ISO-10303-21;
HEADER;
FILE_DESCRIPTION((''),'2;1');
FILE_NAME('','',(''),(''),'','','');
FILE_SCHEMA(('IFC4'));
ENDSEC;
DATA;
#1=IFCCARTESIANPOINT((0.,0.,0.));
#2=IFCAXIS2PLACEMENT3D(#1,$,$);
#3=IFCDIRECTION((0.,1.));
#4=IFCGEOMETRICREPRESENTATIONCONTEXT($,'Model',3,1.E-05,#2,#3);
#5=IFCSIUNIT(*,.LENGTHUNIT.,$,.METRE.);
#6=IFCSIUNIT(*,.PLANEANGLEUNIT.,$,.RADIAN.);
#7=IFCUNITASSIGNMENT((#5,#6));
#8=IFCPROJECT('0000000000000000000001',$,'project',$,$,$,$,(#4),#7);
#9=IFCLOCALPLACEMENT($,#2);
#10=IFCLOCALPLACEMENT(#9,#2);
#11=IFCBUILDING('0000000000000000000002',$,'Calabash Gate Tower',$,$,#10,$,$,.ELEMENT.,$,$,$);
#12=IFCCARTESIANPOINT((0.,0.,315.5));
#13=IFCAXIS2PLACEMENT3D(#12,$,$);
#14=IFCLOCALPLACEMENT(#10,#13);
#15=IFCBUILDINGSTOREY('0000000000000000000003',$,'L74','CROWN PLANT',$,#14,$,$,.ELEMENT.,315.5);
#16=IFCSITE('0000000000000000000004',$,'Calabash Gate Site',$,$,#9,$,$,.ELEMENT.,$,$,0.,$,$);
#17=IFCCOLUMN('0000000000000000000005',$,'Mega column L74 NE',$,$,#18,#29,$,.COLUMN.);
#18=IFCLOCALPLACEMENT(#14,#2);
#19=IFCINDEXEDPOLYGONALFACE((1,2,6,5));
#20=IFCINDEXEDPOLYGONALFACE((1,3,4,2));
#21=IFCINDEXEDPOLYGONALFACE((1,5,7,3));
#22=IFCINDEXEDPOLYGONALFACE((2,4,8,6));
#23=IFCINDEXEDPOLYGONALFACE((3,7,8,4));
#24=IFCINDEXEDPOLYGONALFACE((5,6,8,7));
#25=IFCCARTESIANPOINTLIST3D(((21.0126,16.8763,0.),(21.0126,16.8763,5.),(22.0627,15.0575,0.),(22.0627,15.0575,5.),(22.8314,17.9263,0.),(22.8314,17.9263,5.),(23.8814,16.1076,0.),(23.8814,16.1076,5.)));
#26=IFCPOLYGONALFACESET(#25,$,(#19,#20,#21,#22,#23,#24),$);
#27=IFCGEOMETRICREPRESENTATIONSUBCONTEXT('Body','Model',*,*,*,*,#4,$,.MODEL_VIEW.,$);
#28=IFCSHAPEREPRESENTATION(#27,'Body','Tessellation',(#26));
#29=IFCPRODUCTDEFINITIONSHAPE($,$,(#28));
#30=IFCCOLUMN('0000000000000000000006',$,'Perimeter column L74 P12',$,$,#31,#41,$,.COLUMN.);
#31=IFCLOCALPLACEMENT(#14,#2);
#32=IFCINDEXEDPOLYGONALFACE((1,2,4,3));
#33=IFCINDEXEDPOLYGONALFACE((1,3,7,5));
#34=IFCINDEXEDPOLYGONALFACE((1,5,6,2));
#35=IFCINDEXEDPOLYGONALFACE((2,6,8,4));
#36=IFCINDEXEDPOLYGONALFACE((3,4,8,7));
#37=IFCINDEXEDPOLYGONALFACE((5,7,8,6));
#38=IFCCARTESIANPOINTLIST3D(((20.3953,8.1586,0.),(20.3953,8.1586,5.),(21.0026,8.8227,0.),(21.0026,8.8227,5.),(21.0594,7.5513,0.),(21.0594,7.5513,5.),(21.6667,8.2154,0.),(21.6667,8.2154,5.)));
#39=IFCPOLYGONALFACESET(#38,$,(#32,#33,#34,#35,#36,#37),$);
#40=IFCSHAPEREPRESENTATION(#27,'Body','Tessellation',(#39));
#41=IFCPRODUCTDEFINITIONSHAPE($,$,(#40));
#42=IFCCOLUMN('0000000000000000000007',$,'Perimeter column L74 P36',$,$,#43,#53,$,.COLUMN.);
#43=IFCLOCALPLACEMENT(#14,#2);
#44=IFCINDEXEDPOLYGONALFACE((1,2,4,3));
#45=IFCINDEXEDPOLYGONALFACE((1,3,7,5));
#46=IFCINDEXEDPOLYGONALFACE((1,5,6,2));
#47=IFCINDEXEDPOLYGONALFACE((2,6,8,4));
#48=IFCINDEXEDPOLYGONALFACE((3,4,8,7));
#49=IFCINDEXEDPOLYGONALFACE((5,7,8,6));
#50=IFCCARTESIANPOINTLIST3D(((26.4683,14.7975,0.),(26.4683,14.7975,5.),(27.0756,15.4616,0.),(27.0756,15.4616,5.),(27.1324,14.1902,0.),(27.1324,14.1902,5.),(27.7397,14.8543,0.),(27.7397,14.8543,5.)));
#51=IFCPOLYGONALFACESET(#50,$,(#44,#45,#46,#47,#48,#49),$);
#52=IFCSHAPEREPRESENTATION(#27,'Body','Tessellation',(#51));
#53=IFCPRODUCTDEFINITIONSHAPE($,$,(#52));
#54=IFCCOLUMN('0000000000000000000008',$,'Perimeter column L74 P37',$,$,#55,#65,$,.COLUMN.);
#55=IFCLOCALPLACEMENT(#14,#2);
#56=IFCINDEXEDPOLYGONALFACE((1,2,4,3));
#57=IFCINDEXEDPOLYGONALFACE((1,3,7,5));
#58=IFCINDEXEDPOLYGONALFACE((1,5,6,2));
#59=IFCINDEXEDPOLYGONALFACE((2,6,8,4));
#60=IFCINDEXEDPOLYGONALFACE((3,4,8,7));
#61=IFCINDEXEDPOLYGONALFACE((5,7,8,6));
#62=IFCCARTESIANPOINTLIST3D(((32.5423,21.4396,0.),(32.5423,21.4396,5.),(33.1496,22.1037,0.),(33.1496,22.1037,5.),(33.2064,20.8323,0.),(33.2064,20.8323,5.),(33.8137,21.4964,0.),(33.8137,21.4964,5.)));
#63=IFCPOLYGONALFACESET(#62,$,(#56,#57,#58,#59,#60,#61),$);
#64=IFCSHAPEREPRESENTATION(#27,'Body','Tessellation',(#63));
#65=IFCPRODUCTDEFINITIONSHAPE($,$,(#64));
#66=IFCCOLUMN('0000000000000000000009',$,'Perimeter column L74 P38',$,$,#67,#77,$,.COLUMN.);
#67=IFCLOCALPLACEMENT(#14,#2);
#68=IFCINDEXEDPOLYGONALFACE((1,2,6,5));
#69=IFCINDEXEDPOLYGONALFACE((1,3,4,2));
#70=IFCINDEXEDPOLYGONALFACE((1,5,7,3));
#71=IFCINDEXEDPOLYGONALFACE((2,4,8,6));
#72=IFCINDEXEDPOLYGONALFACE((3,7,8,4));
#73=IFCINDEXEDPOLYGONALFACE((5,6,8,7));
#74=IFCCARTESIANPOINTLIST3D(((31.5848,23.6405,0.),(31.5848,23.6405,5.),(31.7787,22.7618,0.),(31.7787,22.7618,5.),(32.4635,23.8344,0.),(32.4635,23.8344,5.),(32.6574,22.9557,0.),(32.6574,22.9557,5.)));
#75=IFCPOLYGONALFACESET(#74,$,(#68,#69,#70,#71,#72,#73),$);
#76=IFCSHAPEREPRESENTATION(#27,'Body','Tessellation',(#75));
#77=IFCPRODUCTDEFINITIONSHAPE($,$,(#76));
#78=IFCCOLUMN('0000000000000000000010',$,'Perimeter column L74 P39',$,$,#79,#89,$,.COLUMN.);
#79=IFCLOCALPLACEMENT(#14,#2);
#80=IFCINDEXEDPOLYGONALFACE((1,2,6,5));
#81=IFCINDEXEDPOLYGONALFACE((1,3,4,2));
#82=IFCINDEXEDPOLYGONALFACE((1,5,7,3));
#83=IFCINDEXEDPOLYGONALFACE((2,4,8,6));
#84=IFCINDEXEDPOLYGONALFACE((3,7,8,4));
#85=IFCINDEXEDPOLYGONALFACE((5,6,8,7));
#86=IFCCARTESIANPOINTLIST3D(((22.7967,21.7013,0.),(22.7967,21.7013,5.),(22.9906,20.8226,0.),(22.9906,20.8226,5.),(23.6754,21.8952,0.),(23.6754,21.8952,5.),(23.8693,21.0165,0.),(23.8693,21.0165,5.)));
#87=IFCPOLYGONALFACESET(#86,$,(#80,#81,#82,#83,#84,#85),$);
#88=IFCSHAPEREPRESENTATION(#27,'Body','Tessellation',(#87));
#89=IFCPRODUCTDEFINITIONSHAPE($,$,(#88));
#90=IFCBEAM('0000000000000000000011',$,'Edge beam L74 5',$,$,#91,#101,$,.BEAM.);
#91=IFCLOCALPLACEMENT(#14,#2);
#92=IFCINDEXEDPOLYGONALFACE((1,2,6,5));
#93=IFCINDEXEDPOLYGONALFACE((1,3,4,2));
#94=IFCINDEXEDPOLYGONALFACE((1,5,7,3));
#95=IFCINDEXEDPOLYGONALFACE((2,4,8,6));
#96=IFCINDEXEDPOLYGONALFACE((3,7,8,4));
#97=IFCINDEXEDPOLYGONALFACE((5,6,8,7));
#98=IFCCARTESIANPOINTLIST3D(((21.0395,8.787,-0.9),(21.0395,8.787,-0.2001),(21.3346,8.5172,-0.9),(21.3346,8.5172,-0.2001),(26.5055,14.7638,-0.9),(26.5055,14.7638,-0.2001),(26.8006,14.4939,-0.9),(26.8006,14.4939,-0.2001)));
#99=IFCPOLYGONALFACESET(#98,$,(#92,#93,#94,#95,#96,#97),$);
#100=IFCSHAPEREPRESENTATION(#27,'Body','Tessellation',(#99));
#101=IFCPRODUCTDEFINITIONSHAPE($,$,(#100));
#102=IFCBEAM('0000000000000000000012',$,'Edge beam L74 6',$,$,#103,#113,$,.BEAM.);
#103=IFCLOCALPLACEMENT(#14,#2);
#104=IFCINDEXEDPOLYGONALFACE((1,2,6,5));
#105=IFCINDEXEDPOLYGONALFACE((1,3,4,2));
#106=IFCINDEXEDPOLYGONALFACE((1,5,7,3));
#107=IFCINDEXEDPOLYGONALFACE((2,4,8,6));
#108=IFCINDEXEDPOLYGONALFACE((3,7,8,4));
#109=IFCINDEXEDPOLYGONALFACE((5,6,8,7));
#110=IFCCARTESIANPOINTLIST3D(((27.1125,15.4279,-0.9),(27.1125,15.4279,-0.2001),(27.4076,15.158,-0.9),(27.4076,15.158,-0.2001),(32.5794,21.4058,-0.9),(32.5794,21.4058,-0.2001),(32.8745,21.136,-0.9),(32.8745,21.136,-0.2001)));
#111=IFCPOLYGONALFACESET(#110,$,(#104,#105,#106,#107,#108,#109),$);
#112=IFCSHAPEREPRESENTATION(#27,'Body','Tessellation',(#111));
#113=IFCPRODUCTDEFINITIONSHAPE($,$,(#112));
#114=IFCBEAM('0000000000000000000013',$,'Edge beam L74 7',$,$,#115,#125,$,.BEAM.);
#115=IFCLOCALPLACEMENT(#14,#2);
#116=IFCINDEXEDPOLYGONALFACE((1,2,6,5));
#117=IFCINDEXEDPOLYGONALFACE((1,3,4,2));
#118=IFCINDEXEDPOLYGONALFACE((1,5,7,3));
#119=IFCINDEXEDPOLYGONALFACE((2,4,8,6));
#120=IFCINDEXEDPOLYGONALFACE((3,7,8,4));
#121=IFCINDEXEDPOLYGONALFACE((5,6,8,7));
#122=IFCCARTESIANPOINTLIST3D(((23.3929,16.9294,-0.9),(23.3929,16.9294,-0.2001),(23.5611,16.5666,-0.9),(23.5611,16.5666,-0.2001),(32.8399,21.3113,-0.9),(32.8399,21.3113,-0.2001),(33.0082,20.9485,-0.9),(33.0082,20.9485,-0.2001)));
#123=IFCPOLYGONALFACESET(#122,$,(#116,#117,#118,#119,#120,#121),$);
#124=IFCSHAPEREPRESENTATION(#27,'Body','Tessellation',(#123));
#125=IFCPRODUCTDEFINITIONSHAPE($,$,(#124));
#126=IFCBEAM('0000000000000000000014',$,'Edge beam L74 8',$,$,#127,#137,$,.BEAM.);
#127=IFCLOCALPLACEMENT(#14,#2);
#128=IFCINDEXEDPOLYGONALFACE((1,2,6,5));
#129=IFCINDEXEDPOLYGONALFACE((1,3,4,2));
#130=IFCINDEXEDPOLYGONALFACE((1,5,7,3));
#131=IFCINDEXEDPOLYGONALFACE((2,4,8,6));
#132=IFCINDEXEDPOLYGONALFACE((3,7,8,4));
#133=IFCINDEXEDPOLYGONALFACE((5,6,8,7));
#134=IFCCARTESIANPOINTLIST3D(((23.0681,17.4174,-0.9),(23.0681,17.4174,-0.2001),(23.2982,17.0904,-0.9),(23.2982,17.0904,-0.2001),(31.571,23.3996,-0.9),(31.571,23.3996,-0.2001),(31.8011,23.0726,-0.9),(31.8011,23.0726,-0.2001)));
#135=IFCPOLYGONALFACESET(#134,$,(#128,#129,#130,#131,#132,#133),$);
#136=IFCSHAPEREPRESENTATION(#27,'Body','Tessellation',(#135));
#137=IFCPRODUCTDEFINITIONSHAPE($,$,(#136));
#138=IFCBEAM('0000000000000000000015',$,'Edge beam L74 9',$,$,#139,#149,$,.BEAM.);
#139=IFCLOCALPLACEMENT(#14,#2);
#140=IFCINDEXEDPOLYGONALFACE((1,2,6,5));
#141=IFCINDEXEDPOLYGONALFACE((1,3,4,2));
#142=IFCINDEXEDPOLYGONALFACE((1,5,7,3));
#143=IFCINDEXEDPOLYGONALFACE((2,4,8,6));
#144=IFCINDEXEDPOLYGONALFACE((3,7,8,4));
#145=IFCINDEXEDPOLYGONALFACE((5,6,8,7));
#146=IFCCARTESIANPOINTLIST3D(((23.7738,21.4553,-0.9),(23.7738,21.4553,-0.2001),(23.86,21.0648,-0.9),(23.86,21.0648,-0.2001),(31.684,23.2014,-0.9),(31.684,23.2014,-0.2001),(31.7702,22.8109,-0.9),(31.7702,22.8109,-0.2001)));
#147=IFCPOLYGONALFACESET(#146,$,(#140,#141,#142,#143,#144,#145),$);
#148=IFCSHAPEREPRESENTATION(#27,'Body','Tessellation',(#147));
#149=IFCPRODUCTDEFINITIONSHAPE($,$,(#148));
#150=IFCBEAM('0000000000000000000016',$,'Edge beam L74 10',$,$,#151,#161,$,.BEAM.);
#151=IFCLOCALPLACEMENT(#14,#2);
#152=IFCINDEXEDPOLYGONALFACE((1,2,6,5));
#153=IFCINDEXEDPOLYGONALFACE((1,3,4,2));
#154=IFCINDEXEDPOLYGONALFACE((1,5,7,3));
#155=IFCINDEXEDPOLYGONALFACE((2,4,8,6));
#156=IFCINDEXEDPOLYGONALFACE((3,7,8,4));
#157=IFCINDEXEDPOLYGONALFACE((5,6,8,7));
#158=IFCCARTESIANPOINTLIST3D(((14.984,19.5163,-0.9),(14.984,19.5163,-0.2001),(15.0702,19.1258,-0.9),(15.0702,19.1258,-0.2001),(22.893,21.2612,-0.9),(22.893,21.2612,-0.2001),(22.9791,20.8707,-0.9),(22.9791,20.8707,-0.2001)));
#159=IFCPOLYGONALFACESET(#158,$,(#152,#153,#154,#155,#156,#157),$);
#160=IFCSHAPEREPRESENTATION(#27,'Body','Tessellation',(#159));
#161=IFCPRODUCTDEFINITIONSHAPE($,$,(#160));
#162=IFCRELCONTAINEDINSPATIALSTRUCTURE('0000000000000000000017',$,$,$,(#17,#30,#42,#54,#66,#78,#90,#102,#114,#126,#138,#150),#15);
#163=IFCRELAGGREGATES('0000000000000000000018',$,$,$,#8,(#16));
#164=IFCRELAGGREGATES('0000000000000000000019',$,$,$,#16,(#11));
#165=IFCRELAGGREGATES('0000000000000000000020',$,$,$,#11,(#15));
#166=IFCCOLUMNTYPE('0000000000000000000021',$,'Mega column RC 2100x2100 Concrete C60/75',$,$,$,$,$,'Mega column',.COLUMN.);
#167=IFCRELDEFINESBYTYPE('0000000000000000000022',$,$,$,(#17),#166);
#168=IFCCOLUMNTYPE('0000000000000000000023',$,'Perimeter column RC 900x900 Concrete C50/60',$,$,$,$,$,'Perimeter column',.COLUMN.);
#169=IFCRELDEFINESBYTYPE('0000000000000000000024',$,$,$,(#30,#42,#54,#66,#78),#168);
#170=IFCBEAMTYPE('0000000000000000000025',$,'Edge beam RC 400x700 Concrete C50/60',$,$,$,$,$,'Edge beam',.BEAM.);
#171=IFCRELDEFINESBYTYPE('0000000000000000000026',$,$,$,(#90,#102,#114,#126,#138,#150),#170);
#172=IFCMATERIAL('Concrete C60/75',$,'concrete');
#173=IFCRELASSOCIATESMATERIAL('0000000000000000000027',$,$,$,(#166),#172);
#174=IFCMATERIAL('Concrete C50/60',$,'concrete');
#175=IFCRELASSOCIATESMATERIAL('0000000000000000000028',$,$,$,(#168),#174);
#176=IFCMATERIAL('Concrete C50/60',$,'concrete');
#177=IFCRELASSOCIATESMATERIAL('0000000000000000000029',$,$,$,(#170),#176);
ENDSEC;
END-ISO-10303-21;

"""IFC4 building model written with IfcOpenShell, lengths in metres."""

from ifc_helpers import new_model, si_unit, direction, frame, origin, origin_2d, place, context, subcontext, project, spatial, rectangle, extrude, material, material_profile, profile_set, type_object, element, save


model = new_model("IFC4")

# Units and contexts
model_context = context("Model", 3, precision=1e-05, world=origin(), true_north=direction((0.0, 1.0)))
body_context = subcontext(model_context, "Body", "Model", "MODEL_VIEW")
ifc_project = project(units=[si_unit("LENGTHUNIT", "METRE"), si_unit("PLANEANGLEUNIT", "RADIAN")], contexts=[model_context])

# Site, building, storey
site_placement = place(None, origin())
site = spatial("IfcSite", under=ifc_project, at=site_placement, Name="Calabash Gate Site", CompositionType="ELEMENT", RefElevation=0.0)
building_placement = place(site_placement, origin())
building = spatial("IfcBuilding", under=site, at=building_placement, Name="Calabash Gate Tower", CompositionType="ELEMENT")
storey_placement = place(building_placement, frame((0.0, 0.0, 315.5)))
storey = spatial("IfcBuildingStorey", under=building, at=storey_placement, Name="L74", Description="CROWN PLANT", CompositionType="ELEMENT", Elevation=315.5)

# Columns
ifc_material_1 = material(Name="Concrete C60/75", Category="concrete")
ifc_material_profile_1 = material_profile(ifc_material_1, rectangle(XDim=2.1001, YDim=2.1001, at=origin_2d()))
ifc_profile_set_1 = profile_set([ifc_material_profile_1], Name="Concrete C60/75")
column_type_1 = type_object("IfcColumnType", Name="Mega column RC 2100x2100 Concrete C60/75", ElementType="Mega column", PredefinedType="COLUMN", material=ifc_profile_set_1)
column_placement = place(storey_placement, frame((22.447, 16.4919, 0.0), z_axis=(0.0, 0.0, 1.0), x_axis=(-0.866025, -0.5, 0.0)))
element("IfcColumn", 1, at=column_placement, inside=storey, type_object=column_type_1, Name="Mega column L74 NE", PredefinedType="COLUMN", context=body_context, shape_type="SweptSolid", body=[
    extrude(rectangle(XDim=2.1001, YDim=2.1001, at=origin_2d()), origin(), (0.0, 0.0, 1.0), 5.0),
])
ifc_material_2 = material(Name="Concrete C50/60", Category="concrete")
ifc_material_profile_2 = material_profile(ifc_material_2, rectangle(XDim=0.8999, YDim=0.8999, at=origin_2d()))
ifc_profile_set_2 = profile_set([ifc_material_profile_2], Name="Concrete C50/60")
column_type_2 = type_object("IfcColumnType", Name="Perimeter column RC 900x900 Concrete C50/60", ElementType="Perimeter column", PredefinedType="COLUMN", material=ifc_profile_set_2)
for number, where, z_axis, x_axis, name in (
    (2, (21.031, 8.187, 0.0), (0.0, 0.0, 1.0), (0.674856, 0.737949, 0.0), "Perimeter column L74 P12"),
    (3, (27.104, 14.8259, 0.0), (0.0, 0.0, 1.0), (0.674856, 0.737949, 0.0), "Perimeter column L74 P36"),
    (4, (33.178, 21.468, 0.0), (0.0, 0.0, 1.0), (0.674856, 0.737949, 0.0), "Perimeter column L74 P37"),
    (5, (32.1211, 23.2981, 0.0), (0.0, 0.0, 1.0), (-0.976511, -0.215468, 0.0), "Perimeter column L74 P38"),
    (6, (23.333, 21.3589, 0.0), (0.0, 0.0, 1.0), (-0.976511, -0.215468, 0.0), "Perimeter column L74 P39"),
):
    element("IfcColumn", number, at=place(storey_placement, frame(where, z_axis=z_axis, x_axis=x_axis)), inside=storey, type_object=column_type_2, Name=name, PredefinedType="COLUMN", context=body_context, shape_type="SweptSolid", body=[
        extrude(rectangle(XDim=0.8999, YDim=0.8999, at=origin_2d()), origin(), (0.0, 0.0, 1.0), 5.0),
    ])

# Beams
ifc_material_3 = material(Name="Concrete C50/60", Category="concrete")
ifc_material_profile_3 = material_profile(ifc_material_3, rectangle(XDim=0.3999, YDim=0.7, at=origin_2d()))
ifc_profile_set_3 = profile_set([ifc_material_profile_3], Name="Concrete C50/60")
beam_type_1 = type_object("IfcBeamType", Name="Edge beam RC 400x700 Concrete C50/60", ElementType="Edge beam", PredefinedType="BEAM", material=ifc_profile_set_3)
beam_1_placement = place(storey_placement, frame((21.187, 8.6521, -0.55), z_axis=(0.674874, 0.737933, 0.0), x_axis=(-0.737933, 0.674874, 0.0)))
element("IfcBeam", 7, at=beam_1_placement, inside=storey, type_object=beam_type_1, Name="Edge beam L74 5", PredefinedType="BEAM", context=body_context, shape_type="SweptSolid", body=[
    extrude(rectangle(XDim=0.3999, YDim=0.7, at=origin_2d()), origin(), (0.0, 0.0, 1.0), 8.0994),
])
beam_2_placement = place(storey_placement, frame((27.26, 15.293, -0.55), z_axis=(0.674864, 0.737942, 0.0), x_axis=(-0.737942, 0.674864, 0.0)))
element("IfcBeam", 8, at=beam_2_placement, inside=storey, type_object=beam_type_1, Name="Edge beam L74 6", PredefinedType="BEAM", context=body_context, shape_type="SweptSolid", body=[
    extrude(rectangle(XDim=0.3999, YDim=0.7, at=origin_2d()), origin(), (0.0, 0.0, 1.0), 8.1008),
])
beam_3_placement = place(storey_placement, frame((32.9241, 21.1299, -0.55), z_axis=(-0.907166, -0.420773, 0.0), x_axis=(0.420773, -0.907166, 0.0)))
element("IfcBeam", 9, at=beam_3_placement, inside=storey, type_object=beam_type_1, Name="Edge beam L74 7", PredefinedType="BEAM", context=body_context, shape_type="SweptSolid", body=[
    extrude(rectangle(XDim=0.3999, YDim=0.7, at=origin_2d()), origin(), (0.0, 0.0, 1.0), 10.4138),
])
beam_4_placement = place(storey_placement, frame((23.1831, 17.2539, -0.55), z_axis=(0.817868, 0.575406, 0.0), x_axis=(-0.575406, 0.817868, 0.0)))
element("IfcBeam", 10, at=beam_4_placement, inside=storey, type_object=beam_type_1, Name="Edge beam L74 8", PredefinedType="BEAM", context=body_context, shape_type="SweptSolid", body=[
    extrude(rectangle(XDim=0.3999, YDim=0.7, at=origin_2d()), origin(), (0.0, 0.0, 1.0), 10.3965),
])
beam_5_placement = place(storey_placement, frame((31.7271, 23.0061, -0.55), z_axis=(-0.976492, -0.215552, 0.0), x_axis=(0.215552, -0.976492, 0.0)))
element("IfcBeam", 11, at=beam_5_placement, inside=storey, type_object=beam_type_1, Name="Edge beam L74 9", PredefinedType="BEAM", context=body_context, shape_type="SweptSolid", body=[
    extrude(rectangle(XDim=0.3999, YDim=0.7, at=origin_2d()), origin(), (0.0, 0.0, 1.0), 8.1006),
])
beam_6_placement = place(storey_placement, frame((22.936, 21.0659, -0.55), z_axis=(-0.976517, -0.21544, 0.0), x_axis=(0.21544, -0.976517, 0.0)))
element("IfcBeam", 12, at=beam_6_placement, inside=storey, type_object=beam_type_1, Name="Edge beam L74 10", PredefinedType="BEAM", context=body_context, shape_type="SweptSolid", body=[
    extrude(rectangle(XDim=0.3999, YDim=0.7, at=origin_2d()), origin(), (0.0, 0.0, 1.0), 8.0991),
])

save(model, "model.ifc")
